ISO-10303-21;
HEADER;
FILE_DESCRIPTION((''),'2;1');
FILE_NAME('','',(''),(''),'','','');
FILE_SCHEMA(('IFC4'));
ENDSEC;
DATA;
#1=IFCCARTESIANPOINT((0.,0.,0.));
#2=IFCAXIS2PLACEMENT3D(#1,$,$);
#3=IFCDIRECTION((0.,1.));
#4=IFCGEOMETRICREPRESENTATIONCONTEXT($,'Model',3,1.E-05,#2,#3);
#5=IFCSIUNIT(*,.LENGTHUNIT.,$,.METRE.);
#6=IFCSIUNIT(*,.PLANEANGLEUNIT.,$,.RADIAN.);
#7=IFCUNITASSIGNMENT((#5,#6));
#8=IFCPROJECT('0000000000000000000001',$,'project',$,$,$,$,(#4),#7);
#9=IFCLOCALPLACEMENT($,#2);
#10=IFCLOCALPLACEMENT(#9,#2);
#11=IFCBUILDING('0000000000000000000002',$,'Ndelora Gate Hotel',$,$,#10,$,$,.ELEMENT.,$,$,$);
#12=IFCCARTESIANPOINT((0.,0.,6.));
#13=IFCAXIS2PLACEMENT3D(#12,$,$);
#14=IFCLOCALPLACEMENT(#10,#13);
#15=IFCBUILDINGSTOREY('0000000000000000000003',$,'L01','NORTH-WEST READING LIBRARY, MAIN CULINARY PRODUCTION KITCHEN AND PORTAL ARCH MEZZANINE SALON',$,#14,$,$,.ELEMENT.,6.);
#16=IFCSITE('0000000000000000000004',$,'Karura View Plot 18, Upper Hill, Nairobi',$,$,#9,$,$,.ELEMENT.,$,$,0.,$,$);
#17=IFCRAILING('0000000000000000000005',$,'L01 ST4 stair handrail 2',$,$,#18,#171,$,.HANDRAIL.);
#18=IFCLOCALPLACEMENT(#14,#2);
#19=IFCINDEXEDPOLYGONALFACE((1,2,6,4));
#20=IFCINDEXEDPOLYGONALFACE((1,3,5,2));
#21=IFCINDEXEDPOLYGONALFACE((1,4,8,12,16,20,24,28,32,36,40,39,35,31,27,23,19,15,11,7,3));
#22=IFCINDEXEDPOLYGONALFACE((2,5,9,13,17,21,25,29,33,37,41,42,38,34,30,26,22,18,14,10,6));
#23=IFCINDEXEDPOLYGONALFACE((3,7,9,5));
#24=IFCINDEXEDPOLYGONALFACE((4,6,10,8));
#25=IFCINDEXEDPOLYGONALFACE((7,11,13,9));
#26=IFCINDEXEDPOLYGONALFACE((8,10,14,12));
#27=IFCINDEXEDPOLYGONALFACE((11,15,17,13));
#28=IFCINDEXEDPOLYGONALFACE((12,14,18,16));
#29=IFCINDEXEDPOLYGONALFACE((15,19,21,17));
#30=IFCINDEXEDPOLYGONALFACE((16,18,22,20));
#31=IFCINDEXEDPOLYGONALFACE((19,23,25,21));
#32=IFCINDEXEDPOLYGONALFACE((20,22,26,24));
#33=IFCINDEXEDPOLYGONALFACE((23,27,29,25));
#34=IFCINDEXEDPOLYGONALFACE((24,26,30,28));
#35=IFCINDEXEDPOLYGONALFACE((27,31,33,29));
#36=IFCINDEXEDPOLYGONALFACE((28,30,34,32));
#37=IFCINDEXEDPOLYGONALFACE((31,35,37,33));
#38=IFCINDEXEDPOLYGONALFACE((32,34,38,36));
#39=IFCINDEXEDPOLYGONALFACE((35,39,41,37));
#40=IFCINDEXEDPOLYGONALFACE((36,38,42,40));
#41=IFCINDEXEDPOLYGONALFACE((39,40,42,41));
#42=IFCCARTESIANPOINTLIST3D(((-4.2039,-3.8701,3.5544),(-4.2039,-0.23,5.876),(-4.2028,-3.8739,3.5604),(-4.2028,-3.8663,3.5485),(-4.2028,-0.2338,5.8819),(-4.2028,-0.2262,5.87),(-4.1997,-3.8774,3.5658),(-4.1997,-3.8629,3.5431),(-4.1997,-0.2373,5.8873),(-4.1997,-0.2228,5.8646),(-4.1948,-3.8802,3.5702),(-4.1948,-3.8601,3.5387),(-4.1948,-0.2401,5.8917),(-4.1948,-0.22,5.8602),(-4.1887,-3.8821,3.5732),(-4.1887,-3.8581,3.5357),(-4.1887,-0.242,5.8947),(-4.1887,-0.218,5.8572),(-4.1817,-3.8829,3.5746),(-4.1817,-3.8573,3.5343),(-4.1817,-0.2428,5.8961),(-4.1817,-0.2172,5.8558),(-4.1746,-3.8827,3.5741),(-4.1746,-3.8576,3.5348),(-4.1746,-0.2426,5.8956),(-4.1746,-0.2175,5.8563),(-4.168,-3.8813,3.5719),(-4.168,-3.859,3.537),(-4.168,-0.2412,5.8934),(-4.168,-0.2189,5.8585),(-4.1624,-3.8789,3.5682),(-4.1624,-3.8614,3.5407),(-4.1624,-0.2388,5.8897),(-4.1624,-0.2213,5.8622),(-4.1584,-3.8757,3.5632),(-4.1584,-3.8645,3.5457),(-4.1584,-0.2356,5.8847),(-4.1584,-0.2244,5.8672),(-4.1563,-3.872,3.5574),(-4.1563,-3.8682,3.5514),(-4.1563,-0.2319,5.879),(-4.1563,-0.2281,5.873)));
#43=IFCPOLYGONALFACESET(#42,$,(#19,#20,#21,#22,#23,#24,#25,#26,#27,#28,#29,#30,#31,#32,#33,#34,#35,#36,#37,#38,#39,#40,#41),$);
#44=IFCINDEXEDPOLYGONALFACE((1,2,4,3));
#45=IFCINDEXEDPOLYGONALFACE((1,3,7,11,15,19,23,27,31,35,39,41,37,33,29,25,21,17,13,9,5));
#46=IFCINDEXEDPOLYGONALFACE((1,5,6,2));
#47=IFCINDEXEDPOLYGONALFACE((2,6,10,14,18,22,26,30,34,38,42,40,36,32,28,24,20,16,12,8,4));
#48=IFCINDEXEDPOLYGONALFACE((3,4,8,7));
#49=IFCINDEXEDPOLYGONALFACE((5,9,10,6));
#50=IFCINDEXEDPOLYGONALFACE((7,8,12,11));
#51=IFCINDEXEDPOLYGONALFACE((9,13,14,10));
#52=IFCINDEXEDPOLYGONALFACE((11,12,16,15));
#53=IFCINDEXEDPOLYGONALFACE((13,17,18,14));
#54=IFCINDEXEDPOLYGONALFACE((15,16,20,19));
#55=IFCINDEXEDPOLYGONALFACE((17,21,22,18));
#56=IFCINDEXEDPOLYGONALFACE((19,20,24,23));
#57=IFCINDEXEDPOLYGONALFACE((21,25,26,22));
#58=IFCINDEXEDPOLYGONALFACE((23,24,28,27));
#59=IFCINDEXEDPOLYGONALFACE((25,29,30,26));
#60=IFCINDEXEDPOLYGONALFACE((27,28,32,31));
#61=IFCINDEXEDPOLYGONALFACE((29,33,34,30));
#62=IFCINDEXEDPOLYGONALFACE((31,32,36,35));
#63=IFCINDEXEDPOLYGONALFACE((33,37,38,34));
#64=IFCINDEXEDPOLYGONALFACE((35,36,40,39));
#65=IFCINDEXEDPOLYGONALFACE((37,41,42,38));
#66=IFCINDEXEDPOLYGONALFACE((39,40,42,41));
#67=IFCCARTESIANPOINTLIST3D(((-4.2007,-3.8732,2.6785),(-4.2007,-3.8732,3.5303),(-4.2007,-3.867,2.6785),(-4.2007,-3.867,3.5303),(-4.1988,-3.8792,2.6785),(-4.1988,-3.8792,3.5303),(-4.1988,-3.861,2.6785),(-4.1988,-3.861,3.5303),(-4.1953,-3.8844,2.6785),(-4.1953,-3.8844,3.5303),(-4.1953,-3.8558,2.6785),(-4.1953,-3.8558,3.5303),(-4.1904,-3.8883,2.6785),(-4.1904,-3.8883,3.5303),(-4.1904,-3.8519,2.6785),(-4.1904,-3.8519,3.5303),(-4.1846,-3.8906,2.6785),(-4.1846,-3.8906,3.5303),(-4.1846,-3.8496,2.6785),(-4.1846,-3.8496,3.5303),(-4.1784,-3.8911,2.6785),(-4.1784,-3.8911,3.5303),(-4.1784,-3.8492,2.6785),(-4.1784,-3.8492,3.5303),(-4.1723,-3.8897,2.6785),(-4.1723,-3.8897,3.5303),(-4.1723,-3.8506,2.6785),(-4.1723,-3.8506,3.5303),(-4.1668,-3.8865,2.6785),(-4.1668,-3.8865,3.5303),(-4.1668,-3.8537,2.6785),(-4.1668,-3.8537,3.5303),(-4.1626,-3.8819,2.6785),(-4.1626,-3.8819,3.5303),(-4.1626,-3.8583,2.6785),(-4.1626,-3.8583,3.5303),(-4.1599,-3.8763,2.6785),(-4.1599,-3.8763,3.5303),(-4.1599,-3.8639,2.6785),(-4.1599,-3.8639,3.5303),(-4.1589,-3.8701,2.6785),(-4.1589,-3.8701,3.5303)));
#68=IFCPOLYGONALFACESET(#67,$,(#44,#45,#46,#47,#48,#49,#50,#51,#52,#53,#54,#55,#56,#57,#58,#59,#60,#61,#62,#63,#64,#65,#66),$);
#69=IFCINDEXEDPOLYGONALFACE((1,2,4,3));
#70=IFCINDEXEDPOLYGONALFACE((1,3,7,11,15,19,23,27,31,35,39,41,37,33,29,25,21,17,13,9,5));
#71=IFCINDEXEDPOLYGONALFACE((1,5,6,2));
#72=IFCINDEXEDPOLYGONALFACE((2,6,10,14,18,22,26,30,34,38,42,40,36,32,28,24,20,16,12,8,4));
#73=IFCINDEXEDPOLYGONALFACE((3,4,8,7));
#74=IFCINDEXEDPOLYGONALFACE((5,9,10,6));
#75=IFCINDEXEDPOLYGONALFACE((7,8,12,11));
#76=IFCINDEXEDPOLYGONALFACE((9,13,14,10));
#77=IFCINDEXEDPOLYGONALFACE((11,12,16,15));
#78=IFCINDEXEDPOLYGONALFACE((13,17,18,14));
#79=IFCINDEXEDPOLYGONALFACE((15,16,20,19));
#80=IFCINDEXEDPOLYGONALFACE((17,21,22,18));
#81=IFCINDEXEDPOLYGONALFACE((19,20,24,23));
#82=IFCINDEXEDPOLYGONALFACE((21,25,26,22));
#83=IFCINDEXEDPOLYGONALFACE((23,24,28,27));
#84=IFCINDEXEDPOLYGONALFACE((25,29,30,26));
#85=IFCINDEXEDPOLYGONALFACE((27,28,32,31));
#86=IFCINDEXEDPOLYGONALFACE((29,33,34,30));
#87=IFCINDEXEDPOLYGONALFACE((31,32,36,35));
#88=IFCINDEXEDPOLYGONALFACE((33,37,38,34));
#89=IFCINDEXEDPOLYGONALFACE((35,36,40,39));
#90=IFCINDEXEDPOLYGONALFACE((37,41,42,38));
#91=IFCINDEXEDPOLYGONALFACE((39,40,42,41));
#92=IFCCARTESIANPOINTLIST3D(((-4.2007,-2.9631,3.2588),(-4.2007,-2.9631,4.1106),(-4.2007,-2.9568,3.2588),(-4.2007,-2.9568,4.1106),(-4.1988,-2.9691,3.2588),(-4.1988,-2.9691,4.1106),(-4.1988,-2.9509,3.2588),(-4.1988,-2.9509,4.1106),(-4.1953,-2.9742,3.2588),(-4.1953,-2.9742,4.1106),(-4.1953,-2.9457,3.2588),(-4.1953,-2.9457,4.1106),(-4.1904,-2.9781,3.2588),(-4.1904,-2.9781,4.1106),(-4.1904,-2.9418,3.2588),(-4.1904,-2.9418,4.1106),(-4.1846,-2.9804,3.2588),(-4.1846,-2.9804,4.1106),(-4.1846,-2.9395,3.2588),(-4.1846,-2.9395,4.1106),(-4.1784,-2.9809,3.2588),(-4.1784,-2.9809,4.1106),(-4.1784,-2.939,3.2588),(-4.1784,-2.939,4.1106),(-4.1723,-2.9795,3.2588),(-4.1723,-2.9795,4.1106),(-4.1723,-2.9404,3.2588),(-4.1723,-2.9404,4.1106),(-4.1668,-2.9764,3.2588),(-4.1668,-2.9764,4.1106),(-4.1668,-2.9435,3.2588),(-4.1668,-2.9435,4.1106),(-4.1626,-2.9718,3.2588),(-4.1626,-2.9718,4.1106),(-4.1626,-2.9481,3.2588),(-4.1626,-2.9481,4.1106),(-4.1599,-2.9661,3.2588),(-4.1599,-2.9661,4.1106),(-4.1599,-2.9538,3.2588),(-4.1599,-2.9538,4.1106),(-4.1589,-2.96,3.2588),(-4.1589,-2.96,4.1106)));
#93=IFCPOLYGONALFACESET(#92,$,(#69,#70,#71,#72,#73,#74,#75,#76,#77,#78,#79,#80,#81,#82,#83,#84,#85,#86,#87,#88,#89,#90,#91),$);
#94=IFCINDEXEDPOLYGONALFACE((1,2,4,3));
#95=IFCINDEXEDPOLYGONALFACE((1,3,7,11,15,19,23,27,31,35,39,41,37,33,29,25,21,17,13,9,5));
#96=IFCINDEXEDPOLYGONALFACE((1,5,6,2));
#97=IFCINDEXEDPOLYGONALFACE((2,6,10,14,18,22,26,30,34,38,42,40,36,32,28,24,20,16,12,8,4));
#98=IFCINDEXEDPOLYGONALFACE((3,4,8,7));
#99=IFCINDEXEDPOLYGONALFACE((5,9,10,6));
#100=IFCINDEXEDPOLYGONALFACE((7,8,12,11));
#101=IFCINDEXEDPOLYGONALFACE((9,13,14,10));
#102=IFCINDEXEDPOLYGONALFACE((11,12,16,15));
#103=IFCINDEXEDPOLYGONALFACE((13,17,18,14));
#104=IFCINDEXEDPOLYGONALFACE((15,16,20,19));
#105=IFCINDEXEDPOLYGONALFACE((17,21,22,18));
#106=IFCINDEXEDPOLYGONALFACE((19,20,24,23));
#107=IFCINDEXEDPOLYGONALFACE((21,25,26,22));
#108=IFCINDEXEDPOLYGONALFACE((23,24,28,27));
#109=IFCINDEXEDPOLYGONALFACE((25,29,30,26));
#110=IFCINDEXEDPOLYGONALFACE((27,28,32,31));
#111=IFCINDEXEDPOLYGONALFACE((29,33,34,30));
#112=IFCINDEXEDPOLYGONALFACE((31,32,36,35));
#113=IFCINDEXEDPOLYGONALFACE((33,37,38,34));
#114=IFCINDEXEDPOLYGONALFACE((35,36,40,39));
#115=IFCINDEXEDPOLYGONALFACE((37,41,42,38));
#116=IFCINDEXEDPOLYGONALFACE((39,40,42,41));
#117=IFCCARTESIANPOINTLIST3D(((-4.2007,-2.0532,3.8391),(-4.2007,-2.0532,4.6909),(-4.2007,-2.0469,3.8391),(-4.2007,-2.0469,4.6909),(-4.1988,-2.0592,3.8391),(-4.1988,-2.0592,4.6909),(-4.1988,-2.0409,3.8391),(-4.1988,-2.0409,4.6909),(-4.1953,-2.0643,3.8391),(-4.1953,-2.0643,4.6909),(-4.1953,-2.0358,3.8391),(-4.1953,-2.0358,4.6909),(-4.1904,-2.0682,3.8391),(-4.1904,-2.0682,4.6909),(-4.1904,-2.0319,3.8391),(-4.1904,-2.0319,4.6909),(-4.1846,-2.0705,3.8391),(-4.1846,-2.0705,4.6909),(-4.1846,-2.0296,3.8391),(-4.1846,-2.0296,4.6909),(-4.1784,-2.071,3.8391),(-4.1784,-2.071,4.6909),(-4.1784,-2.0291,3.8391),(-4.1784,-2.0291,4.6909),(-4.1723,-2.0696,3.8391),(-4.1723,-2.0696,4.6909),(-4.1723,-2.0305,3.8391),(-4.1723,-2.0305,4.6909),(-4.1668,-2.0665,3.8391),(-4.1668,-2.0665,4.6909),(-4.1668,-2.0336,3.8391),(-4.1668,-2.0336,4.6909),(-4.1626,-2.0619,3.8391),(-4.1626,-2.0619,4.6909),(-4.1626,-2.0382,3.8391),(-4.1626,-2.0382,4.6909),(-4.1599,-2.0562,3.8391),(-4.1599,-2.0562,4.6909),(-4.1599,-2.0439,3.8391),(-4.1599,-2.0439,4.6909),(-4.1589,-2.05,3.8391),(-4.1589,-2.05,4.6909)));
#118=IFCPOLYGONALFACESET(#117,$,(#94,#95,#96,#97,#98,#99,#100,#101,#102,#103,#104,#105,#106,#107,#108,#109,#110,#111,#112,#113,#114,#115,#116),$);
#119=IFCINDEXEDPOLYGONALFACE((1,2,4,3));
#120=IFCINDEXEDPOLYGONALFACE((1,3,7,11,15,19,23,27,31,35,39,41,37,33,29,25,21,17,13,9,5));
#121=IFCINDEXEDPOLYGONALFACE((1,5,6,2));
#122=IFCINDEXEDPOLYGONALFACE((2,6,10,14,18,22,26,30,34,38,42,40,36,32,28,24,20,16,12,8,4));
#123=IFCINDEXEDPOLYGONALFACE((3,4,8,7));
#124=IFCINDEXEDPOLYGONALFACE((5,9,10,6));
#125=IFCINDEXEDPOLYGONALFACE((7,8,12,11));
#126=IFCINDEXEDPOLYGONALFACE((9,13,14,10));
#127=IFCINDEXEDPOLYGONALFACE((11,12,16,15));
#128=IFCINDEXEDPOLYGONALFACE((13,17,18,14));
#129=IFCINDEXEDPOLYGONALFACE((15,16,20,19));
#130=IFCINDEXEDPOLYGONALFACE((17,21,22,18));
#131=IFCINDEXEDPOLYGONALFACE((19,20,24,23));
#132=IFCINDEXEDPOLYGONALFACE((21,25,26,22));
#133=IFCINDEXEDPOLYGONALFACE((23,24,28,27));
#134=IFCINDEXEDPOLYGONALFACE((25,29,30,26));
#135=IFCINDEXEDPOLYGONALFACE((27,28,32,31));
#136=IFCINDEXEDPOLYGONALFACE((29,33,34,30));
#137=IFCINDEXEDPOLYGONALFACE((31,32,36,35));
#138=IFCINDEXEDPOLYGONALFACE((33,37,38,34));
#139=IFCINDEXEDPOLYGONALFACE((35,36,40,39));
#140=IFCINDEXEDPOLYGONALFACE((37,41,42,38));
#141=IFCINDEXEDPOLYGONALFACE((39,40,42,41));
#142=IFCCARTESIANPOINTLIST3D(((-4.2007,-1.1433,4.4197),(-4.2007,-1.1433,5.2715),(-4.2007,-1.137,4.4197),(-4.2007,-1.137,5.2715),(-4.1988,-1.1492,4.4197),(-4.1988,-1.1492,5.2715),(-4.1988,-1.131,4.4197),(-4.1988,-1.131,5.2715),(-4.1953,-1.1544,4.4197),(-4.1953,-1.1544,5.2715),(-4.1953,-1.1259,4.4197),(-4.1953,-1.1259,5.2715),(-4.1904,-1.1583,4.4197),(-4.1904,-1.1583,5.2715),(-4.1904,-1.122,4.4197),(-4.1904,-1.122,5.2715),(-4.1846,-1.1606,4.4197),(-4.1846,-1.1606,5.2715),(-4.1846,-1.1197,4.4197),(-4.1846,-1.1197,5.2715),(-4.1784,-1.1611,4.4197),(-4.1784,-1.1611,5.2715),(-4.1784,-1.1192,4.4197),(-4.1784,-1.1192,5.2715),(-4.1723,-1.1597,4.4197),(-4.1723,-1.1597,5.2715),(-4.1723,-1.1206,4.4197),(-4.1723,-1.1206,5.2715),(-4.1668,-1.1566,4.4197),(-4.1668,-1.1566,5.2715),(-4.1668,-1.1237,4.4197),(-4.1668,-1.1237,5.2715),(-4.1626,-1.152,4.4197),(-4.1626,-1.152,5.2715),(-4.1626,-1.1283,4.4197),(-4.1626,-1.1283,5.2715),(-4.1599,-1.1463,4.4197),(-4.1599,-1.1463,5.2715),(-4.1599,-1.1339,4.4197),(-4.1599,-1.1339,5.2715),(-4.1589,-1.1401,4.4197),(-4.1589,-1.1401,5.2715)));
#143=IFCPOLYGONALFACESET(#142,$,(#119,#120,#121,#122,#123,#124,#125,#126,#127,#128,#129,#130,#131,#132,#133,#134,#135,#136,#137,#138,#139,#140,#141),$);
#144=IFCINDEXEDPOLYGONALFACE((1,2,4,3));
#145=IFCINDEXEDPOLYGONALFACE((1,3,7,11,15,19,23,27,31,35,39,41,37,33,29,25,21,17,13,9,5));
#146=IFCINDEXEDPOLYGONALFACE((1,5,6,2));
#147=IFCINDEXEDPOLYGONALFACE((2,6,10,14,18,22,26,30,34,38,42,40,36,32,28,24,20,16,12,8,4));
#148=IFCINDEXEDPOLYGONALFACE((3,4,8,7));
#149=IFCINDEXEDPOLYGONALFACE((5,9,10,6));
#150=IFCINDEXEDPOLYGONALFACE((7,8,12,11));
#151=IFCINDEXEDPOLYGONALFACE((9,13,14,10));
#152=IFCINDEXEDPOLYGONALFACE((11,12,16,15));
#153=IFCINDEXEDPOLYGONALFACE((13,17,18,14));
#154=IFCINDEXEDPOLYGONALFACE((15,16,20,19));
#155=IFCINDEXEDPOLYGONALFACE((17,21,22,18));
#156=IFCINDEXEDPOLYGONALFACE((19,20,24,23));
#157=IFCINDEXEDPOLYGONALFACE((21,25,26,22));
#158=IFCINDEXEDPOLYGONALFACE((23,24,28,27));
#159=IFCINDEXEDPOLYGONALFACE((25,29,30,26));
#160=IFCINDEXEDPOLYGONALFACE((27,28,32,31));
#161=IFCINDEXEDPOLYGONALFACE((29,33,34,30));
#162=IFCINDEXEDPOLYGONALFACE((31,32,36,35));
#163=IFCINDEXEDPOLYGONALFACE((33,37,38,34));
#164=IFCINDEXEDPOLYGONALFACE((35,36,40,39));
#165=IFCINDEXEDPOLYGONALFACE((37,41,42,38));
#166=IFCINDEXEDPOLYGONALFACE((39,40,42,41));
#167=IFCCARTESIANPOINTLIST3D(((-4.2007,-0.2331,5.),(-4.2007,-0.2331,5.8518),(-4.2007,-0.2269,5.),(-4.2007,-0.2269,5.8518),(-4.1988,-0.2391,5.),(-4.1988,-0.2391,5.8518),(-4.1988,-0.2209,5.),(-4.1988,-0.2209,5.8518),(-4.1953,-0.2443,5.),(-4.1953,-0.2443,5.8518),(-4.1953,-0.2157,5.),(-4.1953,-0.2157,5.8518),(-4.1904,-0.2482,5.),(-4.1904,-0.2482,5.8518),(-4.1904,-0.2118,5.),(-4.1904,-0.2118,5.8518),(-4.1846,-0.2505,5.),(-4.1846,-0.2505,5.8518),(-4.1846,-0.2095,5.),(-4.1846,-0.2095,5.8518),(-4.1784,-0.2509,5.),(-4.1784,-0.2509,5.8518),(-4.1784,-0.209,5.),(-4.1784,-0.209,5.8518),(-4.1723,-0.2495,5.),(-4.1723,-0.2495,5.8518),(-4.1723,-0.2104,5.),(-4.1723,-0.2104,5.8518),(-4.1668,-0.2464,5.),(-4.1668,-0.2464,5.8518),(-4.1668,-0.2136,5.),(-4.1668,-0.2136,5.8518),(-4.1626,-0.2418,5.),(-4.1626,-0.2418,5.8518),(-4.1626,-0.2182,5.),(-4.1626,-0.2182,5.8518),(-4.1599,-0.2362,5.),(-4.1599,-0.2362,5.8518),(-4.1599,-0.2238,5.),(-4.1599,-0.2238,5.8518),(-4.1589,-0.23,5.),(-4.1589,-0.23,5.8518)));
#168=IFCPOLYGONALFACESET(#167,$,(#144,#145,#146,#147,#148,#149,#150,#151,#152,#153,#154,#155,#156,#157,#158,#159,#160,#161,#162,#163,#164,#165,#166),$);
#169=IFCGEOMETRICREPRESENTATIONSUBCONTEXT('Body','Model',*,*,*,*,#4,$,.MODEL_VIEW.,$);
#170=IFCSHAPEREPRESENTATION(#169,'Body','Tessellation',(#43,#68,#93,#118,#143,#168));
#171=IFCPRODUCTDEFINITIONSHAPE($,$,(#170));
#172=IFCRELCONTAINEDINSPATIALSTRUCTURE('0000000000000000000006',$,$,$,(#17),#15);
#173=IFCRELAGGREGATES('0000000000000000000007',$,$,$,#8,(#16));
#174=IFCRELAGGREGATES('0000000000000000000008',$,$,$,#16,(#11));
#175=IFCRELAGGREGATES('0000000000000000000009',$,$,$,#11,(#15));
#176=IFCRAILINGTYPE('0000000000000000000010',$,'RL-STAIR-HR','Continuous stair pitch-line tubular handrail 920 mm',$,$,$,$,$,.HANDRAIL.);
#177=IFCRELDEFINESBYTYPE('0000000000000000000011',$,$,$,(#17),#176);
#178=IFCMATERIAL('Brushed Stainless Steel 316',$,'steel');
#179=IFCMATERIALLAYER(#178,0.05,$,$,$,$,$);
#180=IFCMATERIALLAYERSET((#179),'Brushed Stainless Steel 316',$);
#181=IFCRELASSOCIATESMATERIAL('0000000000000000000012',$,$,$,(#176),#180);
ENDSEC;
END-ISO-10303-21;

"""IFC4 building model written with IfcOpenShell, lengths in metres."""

from ifc_helpers import new_model, si_unit, direction, frame, origin, origin_2d, place, context, subcontext, project, spatial, circle, extrude, material, layer, layer_set, type_object, element, save


model = new_model("IFC4")

# Units and contexts
model_context = context("Model", 3, precision=1e-05, world=origin(), true_north=direction((0.0, 1.0)))
body_context = subcontext(model_context, "Body", "Model", "MODEL_VIEW")
ifc_project = project(units=[si_unit("LENGTHUNIT", "METRE"), si_unit("PLANEANGLEUNIT", "RADIAN")], contexts=[model_context])

# Site, building, storey
site_placement = place(None, origin())
site = spatial("IfcSite", under=ifc_project, at=site_placement, Name="Karura View Plot 18, Upper Hill, Nairobi", CompositionType="ELEMENT", RefElevation=0.0)
building_placement = place(site_placement, origin())
building = spatial("IfcBuilding", under=site, at=building_placement, Name="Ndelora Gate Hotel", CompositionType="ELEMENT")
storey_placement = place(building_placement, frame((0.0, 0.0, 6.0)))
storey = spatial("IfcBuildingStorey", under=building, at=storey_placement, Name="L01", Description="NORTH-WEST READING LIBRARY, MAIN CULINARY PRODUCTION KITCHEN AND PORTAL ARCH MEZZANINE SALON", CompositionType="ELEMENT", Elevation=6.0)

# Railing
ifc_material_1 = material(Name="Brushed Stainless Steel 316", Category="steel")
ifc_layer_1 = layer(ifc_material_1, 0.05)
ifc_layer_set_1 = layer_set([ifc_layer_1], Name="Brushed Stainless Steel 316")
railing_type_1 = type_object("IfcRailingType", Name="RL-STAIR-HR", Description="Continuous stair pitch-line tubular handrail 920 mm", PredefinedType="HANDRAIL", material=ifc_layer_set_1)
railing_1_placement = place(storey_placement, frame((-4.1799, -3.8701, 2.6785)))
element("IfcRailing", 1, at=railing_1_placement, inside=storey, type_object=railing_type_1, Name="L01 ST4 stair handrail 2", PredefinedType="HANDRAIL", context=body_context, shape_type="SweptSolid", body=[
    extrude(circle(Radius=0.0239, at=origin_2d()), frame((0.0, 0.0, 0.876), z_axis=(0.0, 0.843128, 0.537713), x_axis=(-1.0, 0.0, 0.0)), (0.0, 0.0, 1.0), 4.3174),
    extrude(circle(Radius=0.021, at=origin_2d()), origin(), (0.0, 0.0, 1.0), 0.8518),
    extrude(circle(Radius=0.021, at=origin_2d()), frame((0.0, 0.9102, 0.5803)), (0.0, 0.0, 1.0), 0.8518),
    extrude(circle(Radius=0.021, at=origin_2d()), frame((0.0, 1.8201, 1.1606)), (0.0, 0.0, 1.0), 0.8518),
    extrude(circle(Radius=0.021, at=origin_2d()), frame((0.0, 2.73, 1.7412)), (0.0, 0.0, 1.0), 0.8518),
    extrude(circle(Radius=0.021, at=origin_2d()), frame((0.0, 3.6401, 2.3215)), (0.0, 0.0, 1.0), 0.8518),
])

save(model, "model.ifc")
